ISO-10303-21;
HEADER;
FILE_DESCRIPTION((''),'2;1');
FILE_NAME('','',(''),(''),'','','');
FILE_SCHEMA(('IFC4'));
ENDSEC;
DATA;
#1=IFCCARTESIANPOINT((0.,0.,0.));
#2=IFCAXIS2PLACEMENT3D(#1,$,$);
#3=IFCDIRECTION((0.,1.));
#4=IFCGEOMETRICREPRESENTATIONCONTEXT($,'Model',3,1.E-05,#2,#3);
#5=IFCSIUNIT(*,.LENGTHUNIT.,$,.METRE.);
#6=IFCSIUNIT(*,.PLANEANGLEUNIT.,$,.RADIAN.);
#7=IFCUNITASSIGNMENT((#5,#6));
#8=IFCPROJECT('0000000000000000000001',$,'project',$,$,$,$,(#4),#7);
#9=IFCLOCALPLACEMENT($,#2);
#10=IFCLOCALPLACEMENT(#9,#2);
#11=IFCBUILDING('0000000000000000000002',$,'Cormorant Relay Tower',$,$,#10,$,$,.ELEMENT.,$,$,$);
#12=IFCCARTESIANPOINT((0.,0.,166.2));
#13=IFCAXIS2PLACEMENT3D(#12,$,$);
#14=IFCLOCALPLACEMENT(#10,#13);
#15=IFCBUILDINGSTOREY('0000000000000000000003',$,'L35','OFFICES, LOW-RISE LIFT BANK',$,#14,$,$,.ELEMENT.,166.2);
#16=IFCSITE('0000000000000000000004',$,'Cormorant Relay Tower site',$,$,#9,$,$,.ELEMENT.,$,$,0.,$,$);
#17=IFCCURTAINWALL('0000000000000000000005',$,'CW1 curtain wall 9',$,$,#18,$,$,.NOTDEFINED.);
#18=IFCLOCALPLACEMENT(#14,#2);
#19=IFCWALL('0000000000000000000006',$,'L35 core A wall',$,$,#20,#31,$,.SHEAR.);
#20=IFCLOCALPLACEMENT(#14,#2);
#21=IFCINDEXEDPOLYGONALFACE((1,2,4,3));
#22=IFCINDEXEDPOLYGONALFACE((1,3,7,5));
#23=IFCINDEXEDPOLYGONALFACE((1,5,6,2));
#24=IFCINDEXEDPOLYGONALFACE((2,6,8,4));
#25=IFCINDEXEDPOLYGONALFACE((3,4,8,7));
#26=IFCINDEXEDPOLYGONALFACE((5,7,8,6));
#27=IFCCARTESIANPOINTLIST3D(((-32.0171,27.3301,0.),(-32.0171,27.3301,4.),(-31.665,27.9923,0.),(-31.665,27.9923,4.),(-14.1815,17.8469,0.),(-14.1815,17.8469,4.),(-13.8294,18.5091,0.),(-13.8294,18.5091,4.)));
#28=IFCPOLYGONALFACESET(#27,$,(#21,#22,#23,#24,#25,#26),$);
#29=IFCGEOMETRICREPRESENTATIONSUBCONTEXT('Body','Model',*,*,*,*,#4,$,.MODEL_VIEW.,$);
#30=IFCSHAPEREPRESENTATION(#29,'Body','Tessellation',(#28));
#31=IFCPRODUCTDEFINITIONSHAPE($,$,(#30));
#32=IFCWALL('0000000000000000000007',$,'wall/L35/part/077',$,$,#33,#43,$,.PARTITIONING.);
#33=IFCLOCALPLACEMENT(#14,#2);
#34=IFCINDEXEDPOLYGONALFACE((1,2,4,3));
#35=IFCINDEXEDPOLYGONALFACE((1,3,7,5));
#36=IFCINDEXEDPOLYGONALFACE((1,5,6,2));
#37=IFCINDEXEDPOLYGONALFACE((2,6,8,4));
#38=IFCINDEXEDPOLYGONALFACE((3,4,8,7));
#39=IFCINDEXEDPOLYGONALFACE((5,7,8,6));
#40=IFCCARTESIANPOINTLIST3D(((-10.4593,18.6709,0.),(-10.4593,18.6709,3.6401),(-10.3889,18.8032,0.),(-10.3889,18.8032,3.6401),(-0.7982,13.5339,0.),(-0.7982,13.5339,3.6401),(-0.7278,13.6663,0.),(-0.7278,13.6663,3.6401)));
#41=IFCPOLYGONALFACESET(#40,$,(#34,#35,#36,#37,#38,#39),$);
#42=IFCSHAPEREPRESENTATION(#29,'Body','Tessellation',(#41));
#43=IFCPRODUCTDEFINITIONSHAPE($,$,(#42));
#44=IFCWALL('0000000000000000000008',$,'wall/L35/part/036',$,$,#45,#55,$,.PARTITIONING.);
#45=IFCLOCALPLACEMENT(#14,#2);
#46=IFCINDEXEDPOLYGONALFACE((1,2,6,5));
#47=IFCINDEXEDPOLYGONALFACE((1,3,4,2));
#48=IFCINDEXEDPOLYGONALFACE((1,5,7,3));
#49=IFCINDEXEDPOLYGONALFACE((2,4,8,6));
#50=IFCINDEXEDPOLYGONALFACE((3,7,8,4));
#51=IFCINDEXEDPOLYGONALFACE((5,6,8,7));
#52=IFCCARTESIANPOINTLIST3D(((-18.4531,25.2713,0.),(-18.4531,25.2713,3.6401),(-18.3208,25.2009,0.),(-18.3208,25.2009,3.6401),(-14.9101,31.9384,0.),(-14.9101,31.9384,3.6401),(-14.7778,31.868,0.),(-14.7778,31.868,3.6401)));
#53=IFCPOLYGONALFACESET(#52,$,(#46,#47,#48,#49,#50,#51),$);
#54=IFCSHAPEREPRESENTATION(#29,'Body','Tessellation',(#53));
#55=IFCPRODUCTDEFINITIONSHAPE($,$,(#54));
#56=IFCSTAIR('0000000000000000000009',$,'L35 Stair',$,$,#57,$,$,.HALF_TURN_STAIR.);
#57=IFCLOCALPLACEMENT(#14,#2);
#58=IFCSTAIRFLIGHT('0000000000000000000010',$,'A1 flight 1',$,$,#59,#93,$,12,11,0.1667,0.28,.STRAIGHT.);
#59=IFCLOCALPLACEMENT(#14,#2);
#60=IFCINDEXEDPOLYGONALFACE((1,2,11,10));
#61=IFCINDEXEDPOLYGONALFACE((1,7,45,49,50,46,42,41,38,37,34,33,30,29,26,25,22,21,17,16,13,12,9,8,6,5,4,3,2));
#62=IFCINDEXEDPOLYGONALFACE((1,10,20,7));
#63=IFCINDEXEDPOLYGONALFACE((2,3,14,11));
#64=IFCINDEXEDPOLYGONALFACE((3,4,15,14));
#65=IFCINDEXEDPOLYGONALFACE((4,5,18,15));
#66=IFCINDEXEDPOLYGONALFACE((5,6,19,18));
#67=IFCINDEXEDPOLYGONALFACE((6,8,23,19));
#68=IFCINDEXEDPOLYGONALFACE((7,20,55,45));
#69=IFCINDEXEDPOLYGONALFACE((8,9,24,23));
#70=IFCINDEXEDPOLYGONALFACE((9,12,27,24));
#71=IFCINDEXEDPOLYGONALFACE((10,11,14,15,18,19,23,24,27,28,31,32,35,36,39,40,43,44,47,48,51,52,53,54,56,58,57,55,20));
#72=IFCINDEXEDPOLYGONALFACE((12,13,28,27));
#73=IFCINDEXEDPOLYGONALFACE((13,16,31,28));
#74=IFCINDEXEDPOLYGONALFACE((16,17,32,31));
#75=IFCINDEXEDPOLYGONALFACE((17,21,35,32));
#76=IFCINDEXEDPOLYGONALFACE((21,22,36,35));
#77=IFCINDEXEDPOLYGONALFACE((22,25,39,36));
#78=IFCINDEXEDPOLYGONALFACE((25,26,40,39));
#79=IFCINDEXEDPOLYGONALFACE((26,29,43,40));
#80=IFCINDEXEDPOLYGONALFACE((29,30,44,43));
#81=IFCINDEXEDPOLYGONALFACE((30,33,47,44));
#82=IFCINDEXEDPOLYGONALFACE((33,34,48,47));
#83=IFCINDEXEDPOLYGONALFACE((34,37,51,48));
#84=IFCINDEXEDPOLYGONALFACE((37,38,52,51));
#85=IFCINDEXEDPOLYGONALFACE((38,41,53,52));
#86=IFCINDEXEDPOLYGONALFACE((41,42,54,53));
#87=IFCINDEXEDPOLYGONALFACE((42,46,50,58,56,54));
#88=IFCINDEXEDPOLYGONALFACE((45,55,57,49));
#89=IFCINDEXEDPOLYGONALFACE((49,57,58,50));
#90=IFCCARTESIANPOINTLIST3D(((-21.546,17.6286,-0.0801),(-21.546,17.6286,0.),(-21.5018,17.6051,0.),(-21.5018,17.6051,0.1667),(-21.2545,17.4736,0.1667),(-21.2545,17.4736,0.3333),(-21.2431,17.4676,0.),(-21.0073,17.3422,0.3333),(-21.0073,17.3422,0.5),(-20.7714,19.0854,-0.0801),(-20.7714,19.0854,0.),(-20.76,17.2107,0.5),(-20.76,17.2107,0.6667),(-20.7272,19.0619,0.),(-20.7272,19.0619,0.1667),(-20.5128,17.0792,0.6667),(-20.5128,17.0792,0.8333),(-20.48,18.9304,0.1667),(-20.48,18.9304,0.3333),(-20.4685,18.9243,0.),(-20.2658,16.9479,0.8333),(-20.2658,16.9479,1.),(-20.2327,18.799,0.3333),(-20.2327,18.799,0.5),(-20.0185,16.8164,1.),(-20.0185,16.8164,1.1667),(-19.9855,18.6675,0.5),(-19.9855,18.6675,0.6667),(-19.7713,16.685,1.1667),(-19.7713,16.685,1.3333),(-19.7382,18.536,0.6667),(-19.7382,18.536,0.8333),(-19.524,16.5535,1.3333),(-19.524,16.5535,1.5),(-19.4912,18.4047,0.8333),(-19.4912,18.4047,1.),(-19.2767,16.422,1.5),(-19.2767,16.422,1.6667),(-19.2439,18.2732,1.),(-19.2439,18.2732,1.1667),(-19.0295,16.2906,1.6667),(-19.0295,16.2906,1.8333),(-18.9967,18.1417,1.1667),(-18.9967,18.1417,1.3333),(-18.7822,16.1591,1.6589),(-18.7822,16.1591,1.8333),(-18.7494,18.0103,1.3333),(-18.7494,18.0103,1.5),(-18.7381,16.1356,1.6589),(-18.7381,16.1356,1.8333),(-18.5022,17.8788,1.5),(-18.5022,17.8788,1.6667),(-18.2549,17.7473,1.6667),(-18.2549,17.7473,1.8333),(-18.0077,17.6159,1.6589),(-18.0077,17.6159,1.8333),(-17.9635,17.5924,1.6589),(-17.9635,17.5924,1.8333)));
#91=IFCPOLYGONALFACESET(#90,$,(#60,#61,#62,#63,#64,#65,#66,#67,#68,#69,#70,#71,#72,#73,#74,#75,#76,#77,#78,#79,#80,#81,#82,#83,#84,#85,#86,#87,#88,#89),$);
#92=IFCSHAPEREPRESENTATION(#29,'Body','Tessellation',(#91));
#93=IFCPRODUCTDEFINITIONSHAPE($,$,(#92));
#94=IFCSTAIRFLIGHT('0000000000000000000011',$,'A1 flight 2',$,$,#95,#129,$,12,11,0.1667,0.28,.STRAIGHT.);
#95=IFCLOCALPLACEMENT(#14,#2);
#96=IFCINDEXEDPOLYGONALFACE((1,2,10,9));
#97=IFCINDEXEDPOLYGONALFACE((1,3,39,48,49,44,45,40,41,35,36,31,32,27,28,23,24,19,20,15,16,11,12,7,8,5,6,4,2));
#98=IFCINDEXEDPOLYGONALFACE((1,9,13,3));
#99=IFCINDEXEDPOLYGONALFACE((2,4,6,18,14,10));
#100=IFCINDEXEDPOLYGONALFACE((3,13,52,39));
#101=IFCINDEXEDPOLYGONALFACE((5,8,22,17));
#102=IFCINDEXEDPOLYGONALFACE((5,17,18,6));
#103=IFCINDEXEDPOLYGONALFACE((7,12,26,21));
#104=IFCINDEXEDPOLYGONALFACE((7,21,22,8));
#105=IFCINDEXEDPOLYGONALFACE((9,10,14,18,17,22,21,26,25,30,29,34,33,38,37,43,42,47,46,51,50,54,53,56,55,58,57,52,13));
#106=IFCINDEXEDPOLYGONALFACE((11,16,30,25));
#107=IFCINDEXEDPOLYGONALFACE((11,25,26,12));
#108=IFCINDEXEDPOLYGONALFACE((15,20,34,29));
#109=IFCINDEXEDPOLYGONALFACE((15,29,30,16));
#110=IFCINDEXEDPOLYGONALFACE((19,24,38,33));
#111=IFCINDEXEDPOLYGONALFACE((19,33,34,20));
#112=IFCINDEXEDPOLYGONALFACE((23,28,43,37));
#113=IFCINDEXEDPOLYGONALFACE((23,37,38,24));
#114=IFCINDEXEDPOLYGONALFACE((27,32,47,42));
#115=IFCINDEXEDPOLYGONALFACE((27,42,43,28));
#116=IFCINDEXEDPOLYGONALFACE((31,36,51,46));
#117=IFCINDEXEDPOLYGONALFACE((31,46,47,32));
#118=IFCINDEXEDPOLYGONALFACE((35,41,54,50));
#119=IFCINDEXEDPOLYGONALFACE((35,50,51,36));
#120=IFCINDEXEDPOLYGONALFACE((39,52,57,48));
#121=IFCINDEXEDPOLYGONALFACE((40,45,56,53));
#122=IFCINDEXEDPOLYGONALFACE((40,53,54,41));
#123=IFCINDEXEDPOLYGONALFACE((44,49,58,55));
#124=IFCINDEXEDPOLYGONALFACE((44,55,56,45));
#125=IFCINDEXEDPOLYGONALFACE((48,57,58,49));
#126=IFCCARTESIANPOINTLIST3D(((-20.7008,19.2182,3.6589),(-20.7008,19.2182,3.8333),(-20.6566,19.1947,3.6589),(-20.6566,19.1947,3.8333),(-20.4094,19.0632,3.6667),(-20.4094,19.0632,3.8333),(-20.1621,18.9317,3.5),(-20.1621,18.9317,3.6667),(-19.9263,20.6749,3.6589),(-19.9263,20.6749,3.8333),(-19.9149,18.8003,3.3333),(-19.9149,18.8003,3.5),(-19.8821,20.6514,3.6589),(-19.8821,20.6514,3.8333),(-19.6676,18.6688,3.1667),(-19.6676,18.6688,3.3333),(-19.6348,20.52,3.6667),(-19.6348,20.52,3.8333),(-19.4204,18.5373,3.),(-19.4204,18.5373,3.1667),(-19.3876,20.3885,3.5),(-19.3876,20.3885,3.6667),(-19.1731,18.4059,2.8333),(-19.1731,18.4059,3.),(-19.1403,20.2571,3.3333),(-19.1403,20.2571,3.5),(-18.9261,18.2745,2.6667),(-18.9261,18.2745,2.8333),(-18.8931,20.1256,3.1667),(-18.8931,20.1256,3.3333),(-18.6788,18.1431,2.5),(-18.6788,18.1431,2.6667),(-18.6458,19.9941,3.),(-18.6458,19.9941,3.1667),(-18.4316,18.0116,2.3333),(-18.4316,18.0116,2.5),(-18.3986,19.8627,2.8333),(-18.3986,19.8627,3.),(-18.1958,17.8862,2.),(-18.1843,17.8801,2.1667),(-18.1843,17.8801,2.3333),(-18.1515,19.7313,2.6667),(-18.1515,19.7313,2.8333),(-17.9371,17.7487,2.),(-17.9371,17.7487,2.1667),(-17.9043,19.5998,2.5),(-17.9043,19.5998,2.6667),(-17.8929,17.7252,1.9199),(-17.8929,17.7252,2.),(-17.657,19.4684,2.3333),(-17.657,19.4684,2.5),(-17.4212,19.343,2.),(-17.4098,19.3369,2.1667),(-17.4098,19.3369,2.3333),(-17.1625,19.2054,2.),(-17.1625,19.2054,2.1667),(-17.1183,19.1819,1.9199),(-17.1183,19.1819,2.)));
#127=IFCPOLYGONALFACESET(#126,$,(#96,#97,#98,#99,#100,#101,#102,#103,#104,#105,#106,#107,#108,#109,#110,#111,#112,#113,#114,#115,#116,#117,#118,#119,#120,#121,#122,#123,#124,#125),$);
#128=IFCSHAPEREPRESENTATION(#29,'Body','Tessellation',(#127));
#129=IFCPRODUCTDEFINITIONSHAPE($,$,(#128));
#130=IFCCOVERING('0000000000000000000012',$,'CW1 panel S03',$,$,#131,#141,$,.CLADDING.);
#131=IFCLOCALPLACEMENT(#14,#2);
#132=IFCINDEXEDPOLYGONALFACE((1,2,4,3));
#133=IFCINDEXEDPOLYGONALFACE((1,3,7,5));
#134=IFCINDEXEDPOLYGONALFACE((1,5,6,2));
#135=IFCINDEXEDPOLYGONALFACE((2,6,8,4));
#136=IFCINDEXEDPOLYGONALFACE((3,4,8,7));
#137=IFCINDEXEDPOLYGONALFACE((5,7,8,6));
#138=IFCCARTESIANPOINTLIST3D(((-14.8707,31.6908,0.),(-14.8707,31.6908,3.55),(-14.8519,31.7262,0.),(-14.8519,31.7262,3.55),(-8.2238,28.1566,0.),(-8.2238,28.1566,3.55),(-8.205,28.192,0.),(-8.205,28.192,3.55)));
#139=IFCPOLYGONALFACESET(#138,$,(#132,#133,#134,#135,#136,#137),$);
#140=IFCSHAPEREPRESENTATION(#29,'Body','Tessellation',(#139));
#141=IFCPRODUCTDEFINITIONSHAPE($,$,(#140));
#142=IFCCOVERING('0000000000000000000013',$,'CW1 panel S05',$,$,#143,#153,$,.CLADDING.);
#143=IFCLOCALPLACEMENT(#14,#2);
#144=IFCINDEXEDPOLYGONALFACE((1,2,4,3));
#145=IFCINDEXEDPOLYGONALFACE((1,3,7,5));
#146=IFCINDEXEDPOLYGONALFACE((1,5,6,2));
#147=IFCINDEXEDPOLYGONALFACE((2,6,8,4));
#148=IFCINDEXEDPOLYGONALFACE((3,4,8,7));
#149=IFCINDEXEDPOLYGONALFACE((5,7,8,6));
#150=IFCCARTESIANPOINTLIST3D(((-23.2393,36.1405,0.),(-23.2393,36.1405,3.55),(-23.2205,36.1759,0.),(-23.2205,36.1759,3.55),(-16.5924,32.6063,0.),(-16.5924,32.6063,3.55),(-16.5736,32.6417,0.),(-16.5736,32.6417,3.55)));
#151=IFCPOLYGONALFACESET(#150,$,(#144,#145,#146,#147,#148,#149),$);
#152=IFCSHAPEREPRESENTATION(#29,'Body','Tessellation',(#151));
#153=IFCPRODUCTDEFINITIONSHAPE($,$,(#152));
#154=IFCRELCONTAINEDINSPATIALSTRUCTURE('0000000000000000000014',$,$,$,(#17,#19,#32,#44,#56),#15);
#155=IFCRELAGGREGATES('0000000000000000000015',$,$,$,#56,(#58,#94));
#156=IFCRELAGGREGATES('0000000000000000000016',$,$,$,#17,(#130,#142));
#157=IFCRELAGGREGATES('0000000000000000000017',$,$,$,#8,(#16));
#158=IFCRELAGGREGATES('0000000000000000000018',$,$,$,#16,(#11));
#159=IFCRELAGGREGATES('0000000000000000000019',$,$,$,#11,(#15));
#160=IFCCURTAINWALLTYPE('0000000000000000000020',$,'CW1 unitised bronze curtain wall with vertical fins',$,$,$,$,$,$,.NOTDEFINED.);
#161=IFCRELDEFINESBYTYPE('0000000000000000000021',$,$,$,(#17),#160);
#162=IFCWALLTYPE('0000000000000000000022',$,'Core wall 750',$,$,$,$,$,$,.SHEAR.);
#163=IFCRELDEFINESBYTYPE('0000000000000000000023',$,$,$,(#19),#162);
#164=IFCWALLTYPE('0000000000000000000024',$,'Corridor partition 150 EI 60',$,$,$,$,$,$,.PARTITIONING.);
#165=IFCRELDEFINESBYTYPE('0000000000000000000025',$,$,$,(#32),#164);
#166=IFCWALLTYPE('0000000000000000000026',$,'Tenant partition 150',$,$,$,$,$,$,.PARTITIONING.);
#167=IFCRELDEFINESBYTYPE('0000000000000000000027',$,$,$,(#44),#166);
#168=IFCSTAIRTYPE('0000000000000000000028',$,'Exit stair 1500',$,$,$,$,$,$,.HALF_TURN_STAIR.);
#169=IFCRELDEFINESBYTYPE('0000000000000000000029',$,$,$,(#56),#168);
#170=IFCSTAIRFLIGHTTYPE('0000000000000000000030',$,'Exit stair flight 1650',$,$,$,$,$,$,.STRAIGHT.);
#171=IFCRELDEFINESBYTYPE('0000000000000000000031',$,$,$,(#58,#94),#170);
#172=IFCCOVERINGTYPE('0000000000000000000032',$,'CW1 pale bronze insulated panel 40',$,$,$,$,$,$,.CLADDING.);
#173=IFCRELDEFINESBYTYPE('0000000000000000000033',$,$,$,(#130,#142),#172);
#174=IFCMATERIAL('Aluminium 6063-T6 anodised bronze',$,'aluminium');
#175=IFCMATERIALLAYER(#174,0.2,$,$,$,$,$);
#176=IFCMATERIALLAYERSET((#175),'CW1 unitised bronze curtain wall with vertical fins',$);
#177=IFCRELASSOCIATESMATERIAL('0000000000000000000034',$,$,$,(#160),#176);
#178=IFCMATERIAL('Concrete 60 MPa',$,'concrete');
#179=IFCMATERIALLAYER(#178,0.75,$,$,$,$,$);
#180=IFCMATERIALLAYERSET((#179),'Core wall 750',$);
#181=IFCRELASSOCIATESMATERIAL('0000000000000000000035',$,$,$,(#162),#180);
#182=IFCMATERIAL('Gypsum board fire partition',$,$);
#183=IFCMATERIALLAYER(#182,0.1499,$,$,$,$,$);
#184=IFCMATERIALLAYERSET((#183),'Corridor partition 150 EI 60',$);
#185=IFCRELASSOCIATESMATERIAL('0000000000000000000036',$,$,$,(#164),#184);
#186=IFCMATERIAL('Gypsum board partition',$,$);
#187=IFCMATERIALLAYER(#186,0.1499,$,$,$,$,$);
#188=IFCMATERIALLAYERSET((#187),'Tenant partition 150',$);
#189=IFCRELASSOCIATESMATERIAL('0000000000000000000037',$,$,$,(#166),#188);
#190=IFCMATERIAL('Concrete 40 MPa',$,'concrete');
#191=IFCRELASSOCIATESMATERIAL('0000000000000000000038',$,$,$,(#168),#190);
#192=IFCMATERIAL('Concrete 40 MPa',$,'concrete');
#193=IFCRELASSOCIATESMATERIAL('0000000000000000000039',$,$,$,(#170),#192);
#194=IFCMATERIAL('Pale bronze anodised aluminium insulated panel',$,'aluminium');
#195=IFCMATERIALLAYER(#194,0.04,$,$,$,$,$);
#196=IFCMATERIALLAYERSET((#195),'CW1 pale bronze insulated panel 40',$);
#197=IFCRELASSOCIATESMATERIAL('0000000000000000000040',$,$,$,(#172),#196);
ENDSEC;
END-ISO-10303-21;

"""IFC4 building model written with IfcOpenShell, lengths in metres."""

from ifc_helpers import new_model, si_unit, direction, frame, frame_2d, origin, origin_2d, place, context, subcontext, project, spatial, polyline, rectangle, outline, extrude, material, layer, layer_set, type_object, element, aggregate, save


model = new_model("IFC4")

# Units and contexts
model_context = context("Model", 3, precision=1e-05, world=origin(), true_north=direction((0.0, 1.0)))
body_context = subcontext(model_context, "Body", "Model", "MODEL_VIEW")
ifc_project = project(units=[si_unit("LENGTHUNIT", "METRE"), si_unit("PLANEANGLEUNIT", "RADIAN")], contexts=[model_context])

# Site, building, storey
site_placement = place(None, origin())
site = spatial("IfcSite", under=ifc_project, at=site_placement, Name="Cormorant Relay Tower site", CompositionType="ELEMENT", RefElevation=0.0)
building_placement = place(site_placement, origin())
building = spatial("IfcBuilding", under=site, at=building_placement, Name="Cormorant Relay Tower", CompositionType="ELEMENT")
storey_placement = place(building_placement, frame((0.0, 0.0, 166.2)))
storey = spatial("IfcBuildingStorey", under=building, at=storey_placement, Name="L35", Description="OFFICES, LOW-RISE LIFT BANK", CompositionType="ELEMENT", Elevation=166.2)

# Curtain wall
ifc_material_1 = material(Name="Aluminium 6063-T6 anodised bronze", Category="aluminium")
ifc_layer_1 = layer(ifc_material_1, 0.2)
ifc_layer_set_1 = layer_set([ifc_layer_1], Name="CW1 unitised bronze curtain wall with vertical fins")
curtain_wall_type = type_object("IfcCurtainWallType", Name="CW1 unitised bronze curtain wall with vertical fins", PredefinedType="NOTDEFINED", material=ifc_layer_set_1)
curtain_wall_placement = place(storey_placement, origin())
curtain_wall = element("IfcCurtainWall", 1, at=curtain_wall_placement, inside=storey, type_object=curtain_wall_type, Name="CW1 curtain wall 9", PredefinedType="NOTDEFINED")

# Shared definitions
ifc_material_2 = material(Name="Concrete 60 MPa", Category="concrete")
ifc_layer_2 = layer(ifc_material_2, 0.75)
ifc_layer_set_2 = layer_set([ifc_layer_2], Name="Core wall 750")
wall_type_1 = type_object("IfcWallType", Name="Core wall 750", PredefinedType="SHEAR", material=ifc_layer_set_2)

# Walls
wall_1_placement = place(storey_placement, frame((-14.0054, 18.178, 0.0), z_axis=(0.0, 0.0, 1.0), x_axis=(-0.88295, 0.469467, 0.0)))
element("IfcWall", 2, at=wall_1_placement, inside=storey, type_object=wall_type_1, Name="L35 core A wall", PredefinedType="SHEAR", context=body_context, shape_type="SweptSolid", body=[
    extrude(rectangle(XDim=20.2, YDim=0.75, at=frame_2d((10.1001, 0.0))), origin(), (0.0, 0.0, 1.0), 4.0),
])
ifc_material_3 = material(Name="Gypsum board fire partition")
ifc_layer_3 = layer(ifc_material_3, 0.1499)
ifc_layer_set_3 = layer_set([ifc_layer_3], Name="Corridor partition 150 EI 60")
wall_type_2 = type_object("IfcWallType", Name="Corridor partition 150 EI 60", PredefinedType="PARTITIONING", material=ifc_layer_set_3)
wall_2_placement = place(storey_placement, frame((-10.4241, 18.7371, 0.0), z_axis=(0.0, 0.0, 1.0), x_axis=(0.882946, -0.469475, 0.0)))
element("IfcWall", 3, at=wall_2_placement, inside=storey, type_object=wall_type_2, Name="wall/L35/part/077", PredefinedType="PARTITIONING", context=body_context, shape_type="SweptSolid", body=[
    extrude(rectangle(XDim=10.9419, YDim=0.1499, at=frame_2d((5.4709, 0.0))), origin(), (0.0, 0.0, 1.0), 3.6401),
])
ifc_material_4 = material(Name="Gypsum board partition")
ifc_layer_4 = layer(ifc_material_4, 0.1499)
ifc_layer_set_4 = layer_set([ifc_layer_4], Name="Tenant partition 150")
wall_type_3 = type_object("IfcWallType", Name="Tenant partition 150", PredefinedType="PARTITIONING", material=ifc_layer_set_4)
wall_3_placement = place(storey_placement, frame((-14.844, 31.9031, 0.0), z_axis=(0.0, 0.0, 1.0), x_axis=(-0.469272, -0.883054, 0.0)))
element("IfcWall", 4, at=wall_3_placement, inside=storey, type_object=wall_type_3, Name="wall/L35/part/036", PredefinedType="PARTITIONING", context=body_context, shape_type="SweptSolid", body=[
    extrude(rectangle(XDim=7.55, YDim=0.1499, at=frame_2d((3.7749, 0.0))), origin(), (0.0, 0.0, 1.0), 3.6401),
])

# Stair, stair flights
ifc_material_5 = material(Name="Concrete 40 MPa", Category="concrete")
stair_type = type_object("IfcStairType", Name="Exit stair 1500", PredefinedType="HALF_TURN_STAIR", material=ifc_material_5)
stair_placement = place(storey_placement, origin())
stair = element("IfcStair", 5, at=stair_placement, inside=storey, type_object=stair_type, Name="L35 Stair", PredefinedType="HALF_TURN_STAIR")
ifc_material_6 = material(Name="Concrete 40 MPa", Category="concrete")
stair_flight_type = type_object("IfcStairFlightType", Name="Exit stair flight 1650", PredefinedType="STRAIGHT", material=ifc_material_6)
stair_flight_1_placement = place(storey_placement, frame((-21.1145, 18.3335, 0.0), z_axis=(0.0, 0.0, 1.0), x_axis=(0.882948, -0.469472, 0.0)))
stair_flight_1 = element("IfcStairFlight", 6, at=stair_flight_1_placement, type_object=stair_flight_type, Name="A1 flight 1", NumberOfRisers=12, NumberOfTreads=11, PredefinedType="STRAIGHT", RiserHeight=0.1667, TreadLength=0.28, context=body_context, shape_type="SweptSolid", body=[
    extrude(outline(polyline([(-0.05, -0.0801), (-0.05, 0.0), (0.0, 0.0), (0.0, 0.1667), (0.28, 0.1667), (0.28, 0.3333), (0.5601, 0.3333), (0.5601, 0.5), (0.8401, 0.5), (0.8401, 0.6667), (1.1201, 0.6667), (1.1201, 0.8333), (1.3999, 0.8333), (1.3999, 1.0), (1.6799, 1.0), (1.6799, 1.1667), (1.96, 1.1667), (1.96, 1.3333), (2.24, 1.3333), (2.24, 1.5), (2.52, 1.5), (2.52, 1.6667), (2.8, 1.6667), (2.8, 1.8333), (3.0801, 1.8333), (3.1301, 1.8333), (3.1301, 1.6589), (3.0801, 1.6589), (0.293, 0.0), (-0.05, -0.0801)])), frame((0.0, 0.825, 0.0), z_axis=(0.0, -1.0, 0.0), x_axis=(1.0, 0.0, 0.0)), (0.0, 0.0, 1.0), 1.6499),
])
stair_flight_2_placement = place(storey_placement, frame((-17.5498, 18.4771, 2.0), z_axis=(0.0, 0.0, 1.0), x_axis=(-0.882948, 0.469472, 0.0)))
stair_flight_2 = element("IfcStairFlight", 7, at=stair_flight_2_placement, type_object=stair_flight_type, Name="A1 flight 2", NumberOfRisers=12, NumberOfTreads=11, PredefinedType="STRAIGHT", RiserHeight=0.1667, TreadLength=0.28, context=body_context, shape_type="SweptSolid", body=[
    extrude(outline(polyline([(-0.05, -0.0801), (-0.05, 0.0), (0.0, 0.0), (0.0, 0.1667), (0.28, 0.1667), (0.28, 0.3333), (0.5601, 0.3333), (0.5601, 0.5), (0.8401, 0.5), (0.8401, 0.6667), (1.1201, 0.6667), (1.1201, 0.8333), (1.3999, 0.8333), (1.3999, 1.0), (1.6799, 1.0), (1.6799, 1.1667), (1.96, 1.1667), (1.96, 1.3333), (2.24, 1.3333), (2.24, 1.5), (2.52, 1.5), (2.52, 1.6667), (2.8, 1.6667), (2.8, 1.8333), (3.0801, 1.8333), (3.1301, 1.8333), (3.1301, 1.6589), (3.0801, 1.6589), (0.293, 0.0), (-0.05, -0.0801)])), frame((0.0, 0.825, 0.0), z_axis=(0.0, -1.0, 0.0), x_axis=(1.0, 0.0, 0.0)), (0.0, 0.0, 1.0), 1.6499),
])
aggregate(stair, [stair_flight_1, stair_flight_2])

# Coverings
ifc_material_7 = material(Name="Pale bronze anodised aluminium insulated panel", Category="aluminium")
ifc_layer_5 = layer(ifc_material_7, 0.04)
ifc_layer_set_5 = layer_set([ifc_layer_5], Name="CW1 pale bronze insulated panel 40")
covering_type = type_object("IfcCoveringType", Name="CW1 pale bronze insulated panel 40", PredefinedType="CLADDING", material=ifc_layer_set_5)
covering_1_placement = place(storey_placement, frame((-11.5378, 29.9414, 0.0), z_axis=(0.0, 0.0, 1.0), x_axis=(-0.882948, 0.469472, 0.0)))
covering_1 = element("IfcCovering", 8, at=covering_1_placement, type_object=covering_type, Name="CW1 panel S03", PredefinedType="CLADDING", context=body_context, shape_type="SweptSolid", body=[
    extrude(rectangle(XDim=7.5281, YDim=0.04, at=origin_2d()), origin(), (0.0, 0.0, 1.0), 3.55),
])
covering_2_placement = place(storey_placement, frame((-19.9065, 34.3911, 0.0), z_axis=(0.0, 0.0, 1.0), x_axis=(-0.882948, 0.469472, 0.0)))
covering_2 = element("IfcCovering", 9, at=covering_2_placement, type_object=covering_type, Name="CW1 panel S05", PredefinedType="CLADDING", context=body_context, shape_type="SweptSolid", body=[
    extrude(rectangle(XDim=7.5281, YDim=0.04, at=origin_2d()), origin(), (0.0, 0.0, 1.0), 3.55),
])
aggregate(curtain_wall, [covering_1, covering_2])

save(model, "model.ifc")
